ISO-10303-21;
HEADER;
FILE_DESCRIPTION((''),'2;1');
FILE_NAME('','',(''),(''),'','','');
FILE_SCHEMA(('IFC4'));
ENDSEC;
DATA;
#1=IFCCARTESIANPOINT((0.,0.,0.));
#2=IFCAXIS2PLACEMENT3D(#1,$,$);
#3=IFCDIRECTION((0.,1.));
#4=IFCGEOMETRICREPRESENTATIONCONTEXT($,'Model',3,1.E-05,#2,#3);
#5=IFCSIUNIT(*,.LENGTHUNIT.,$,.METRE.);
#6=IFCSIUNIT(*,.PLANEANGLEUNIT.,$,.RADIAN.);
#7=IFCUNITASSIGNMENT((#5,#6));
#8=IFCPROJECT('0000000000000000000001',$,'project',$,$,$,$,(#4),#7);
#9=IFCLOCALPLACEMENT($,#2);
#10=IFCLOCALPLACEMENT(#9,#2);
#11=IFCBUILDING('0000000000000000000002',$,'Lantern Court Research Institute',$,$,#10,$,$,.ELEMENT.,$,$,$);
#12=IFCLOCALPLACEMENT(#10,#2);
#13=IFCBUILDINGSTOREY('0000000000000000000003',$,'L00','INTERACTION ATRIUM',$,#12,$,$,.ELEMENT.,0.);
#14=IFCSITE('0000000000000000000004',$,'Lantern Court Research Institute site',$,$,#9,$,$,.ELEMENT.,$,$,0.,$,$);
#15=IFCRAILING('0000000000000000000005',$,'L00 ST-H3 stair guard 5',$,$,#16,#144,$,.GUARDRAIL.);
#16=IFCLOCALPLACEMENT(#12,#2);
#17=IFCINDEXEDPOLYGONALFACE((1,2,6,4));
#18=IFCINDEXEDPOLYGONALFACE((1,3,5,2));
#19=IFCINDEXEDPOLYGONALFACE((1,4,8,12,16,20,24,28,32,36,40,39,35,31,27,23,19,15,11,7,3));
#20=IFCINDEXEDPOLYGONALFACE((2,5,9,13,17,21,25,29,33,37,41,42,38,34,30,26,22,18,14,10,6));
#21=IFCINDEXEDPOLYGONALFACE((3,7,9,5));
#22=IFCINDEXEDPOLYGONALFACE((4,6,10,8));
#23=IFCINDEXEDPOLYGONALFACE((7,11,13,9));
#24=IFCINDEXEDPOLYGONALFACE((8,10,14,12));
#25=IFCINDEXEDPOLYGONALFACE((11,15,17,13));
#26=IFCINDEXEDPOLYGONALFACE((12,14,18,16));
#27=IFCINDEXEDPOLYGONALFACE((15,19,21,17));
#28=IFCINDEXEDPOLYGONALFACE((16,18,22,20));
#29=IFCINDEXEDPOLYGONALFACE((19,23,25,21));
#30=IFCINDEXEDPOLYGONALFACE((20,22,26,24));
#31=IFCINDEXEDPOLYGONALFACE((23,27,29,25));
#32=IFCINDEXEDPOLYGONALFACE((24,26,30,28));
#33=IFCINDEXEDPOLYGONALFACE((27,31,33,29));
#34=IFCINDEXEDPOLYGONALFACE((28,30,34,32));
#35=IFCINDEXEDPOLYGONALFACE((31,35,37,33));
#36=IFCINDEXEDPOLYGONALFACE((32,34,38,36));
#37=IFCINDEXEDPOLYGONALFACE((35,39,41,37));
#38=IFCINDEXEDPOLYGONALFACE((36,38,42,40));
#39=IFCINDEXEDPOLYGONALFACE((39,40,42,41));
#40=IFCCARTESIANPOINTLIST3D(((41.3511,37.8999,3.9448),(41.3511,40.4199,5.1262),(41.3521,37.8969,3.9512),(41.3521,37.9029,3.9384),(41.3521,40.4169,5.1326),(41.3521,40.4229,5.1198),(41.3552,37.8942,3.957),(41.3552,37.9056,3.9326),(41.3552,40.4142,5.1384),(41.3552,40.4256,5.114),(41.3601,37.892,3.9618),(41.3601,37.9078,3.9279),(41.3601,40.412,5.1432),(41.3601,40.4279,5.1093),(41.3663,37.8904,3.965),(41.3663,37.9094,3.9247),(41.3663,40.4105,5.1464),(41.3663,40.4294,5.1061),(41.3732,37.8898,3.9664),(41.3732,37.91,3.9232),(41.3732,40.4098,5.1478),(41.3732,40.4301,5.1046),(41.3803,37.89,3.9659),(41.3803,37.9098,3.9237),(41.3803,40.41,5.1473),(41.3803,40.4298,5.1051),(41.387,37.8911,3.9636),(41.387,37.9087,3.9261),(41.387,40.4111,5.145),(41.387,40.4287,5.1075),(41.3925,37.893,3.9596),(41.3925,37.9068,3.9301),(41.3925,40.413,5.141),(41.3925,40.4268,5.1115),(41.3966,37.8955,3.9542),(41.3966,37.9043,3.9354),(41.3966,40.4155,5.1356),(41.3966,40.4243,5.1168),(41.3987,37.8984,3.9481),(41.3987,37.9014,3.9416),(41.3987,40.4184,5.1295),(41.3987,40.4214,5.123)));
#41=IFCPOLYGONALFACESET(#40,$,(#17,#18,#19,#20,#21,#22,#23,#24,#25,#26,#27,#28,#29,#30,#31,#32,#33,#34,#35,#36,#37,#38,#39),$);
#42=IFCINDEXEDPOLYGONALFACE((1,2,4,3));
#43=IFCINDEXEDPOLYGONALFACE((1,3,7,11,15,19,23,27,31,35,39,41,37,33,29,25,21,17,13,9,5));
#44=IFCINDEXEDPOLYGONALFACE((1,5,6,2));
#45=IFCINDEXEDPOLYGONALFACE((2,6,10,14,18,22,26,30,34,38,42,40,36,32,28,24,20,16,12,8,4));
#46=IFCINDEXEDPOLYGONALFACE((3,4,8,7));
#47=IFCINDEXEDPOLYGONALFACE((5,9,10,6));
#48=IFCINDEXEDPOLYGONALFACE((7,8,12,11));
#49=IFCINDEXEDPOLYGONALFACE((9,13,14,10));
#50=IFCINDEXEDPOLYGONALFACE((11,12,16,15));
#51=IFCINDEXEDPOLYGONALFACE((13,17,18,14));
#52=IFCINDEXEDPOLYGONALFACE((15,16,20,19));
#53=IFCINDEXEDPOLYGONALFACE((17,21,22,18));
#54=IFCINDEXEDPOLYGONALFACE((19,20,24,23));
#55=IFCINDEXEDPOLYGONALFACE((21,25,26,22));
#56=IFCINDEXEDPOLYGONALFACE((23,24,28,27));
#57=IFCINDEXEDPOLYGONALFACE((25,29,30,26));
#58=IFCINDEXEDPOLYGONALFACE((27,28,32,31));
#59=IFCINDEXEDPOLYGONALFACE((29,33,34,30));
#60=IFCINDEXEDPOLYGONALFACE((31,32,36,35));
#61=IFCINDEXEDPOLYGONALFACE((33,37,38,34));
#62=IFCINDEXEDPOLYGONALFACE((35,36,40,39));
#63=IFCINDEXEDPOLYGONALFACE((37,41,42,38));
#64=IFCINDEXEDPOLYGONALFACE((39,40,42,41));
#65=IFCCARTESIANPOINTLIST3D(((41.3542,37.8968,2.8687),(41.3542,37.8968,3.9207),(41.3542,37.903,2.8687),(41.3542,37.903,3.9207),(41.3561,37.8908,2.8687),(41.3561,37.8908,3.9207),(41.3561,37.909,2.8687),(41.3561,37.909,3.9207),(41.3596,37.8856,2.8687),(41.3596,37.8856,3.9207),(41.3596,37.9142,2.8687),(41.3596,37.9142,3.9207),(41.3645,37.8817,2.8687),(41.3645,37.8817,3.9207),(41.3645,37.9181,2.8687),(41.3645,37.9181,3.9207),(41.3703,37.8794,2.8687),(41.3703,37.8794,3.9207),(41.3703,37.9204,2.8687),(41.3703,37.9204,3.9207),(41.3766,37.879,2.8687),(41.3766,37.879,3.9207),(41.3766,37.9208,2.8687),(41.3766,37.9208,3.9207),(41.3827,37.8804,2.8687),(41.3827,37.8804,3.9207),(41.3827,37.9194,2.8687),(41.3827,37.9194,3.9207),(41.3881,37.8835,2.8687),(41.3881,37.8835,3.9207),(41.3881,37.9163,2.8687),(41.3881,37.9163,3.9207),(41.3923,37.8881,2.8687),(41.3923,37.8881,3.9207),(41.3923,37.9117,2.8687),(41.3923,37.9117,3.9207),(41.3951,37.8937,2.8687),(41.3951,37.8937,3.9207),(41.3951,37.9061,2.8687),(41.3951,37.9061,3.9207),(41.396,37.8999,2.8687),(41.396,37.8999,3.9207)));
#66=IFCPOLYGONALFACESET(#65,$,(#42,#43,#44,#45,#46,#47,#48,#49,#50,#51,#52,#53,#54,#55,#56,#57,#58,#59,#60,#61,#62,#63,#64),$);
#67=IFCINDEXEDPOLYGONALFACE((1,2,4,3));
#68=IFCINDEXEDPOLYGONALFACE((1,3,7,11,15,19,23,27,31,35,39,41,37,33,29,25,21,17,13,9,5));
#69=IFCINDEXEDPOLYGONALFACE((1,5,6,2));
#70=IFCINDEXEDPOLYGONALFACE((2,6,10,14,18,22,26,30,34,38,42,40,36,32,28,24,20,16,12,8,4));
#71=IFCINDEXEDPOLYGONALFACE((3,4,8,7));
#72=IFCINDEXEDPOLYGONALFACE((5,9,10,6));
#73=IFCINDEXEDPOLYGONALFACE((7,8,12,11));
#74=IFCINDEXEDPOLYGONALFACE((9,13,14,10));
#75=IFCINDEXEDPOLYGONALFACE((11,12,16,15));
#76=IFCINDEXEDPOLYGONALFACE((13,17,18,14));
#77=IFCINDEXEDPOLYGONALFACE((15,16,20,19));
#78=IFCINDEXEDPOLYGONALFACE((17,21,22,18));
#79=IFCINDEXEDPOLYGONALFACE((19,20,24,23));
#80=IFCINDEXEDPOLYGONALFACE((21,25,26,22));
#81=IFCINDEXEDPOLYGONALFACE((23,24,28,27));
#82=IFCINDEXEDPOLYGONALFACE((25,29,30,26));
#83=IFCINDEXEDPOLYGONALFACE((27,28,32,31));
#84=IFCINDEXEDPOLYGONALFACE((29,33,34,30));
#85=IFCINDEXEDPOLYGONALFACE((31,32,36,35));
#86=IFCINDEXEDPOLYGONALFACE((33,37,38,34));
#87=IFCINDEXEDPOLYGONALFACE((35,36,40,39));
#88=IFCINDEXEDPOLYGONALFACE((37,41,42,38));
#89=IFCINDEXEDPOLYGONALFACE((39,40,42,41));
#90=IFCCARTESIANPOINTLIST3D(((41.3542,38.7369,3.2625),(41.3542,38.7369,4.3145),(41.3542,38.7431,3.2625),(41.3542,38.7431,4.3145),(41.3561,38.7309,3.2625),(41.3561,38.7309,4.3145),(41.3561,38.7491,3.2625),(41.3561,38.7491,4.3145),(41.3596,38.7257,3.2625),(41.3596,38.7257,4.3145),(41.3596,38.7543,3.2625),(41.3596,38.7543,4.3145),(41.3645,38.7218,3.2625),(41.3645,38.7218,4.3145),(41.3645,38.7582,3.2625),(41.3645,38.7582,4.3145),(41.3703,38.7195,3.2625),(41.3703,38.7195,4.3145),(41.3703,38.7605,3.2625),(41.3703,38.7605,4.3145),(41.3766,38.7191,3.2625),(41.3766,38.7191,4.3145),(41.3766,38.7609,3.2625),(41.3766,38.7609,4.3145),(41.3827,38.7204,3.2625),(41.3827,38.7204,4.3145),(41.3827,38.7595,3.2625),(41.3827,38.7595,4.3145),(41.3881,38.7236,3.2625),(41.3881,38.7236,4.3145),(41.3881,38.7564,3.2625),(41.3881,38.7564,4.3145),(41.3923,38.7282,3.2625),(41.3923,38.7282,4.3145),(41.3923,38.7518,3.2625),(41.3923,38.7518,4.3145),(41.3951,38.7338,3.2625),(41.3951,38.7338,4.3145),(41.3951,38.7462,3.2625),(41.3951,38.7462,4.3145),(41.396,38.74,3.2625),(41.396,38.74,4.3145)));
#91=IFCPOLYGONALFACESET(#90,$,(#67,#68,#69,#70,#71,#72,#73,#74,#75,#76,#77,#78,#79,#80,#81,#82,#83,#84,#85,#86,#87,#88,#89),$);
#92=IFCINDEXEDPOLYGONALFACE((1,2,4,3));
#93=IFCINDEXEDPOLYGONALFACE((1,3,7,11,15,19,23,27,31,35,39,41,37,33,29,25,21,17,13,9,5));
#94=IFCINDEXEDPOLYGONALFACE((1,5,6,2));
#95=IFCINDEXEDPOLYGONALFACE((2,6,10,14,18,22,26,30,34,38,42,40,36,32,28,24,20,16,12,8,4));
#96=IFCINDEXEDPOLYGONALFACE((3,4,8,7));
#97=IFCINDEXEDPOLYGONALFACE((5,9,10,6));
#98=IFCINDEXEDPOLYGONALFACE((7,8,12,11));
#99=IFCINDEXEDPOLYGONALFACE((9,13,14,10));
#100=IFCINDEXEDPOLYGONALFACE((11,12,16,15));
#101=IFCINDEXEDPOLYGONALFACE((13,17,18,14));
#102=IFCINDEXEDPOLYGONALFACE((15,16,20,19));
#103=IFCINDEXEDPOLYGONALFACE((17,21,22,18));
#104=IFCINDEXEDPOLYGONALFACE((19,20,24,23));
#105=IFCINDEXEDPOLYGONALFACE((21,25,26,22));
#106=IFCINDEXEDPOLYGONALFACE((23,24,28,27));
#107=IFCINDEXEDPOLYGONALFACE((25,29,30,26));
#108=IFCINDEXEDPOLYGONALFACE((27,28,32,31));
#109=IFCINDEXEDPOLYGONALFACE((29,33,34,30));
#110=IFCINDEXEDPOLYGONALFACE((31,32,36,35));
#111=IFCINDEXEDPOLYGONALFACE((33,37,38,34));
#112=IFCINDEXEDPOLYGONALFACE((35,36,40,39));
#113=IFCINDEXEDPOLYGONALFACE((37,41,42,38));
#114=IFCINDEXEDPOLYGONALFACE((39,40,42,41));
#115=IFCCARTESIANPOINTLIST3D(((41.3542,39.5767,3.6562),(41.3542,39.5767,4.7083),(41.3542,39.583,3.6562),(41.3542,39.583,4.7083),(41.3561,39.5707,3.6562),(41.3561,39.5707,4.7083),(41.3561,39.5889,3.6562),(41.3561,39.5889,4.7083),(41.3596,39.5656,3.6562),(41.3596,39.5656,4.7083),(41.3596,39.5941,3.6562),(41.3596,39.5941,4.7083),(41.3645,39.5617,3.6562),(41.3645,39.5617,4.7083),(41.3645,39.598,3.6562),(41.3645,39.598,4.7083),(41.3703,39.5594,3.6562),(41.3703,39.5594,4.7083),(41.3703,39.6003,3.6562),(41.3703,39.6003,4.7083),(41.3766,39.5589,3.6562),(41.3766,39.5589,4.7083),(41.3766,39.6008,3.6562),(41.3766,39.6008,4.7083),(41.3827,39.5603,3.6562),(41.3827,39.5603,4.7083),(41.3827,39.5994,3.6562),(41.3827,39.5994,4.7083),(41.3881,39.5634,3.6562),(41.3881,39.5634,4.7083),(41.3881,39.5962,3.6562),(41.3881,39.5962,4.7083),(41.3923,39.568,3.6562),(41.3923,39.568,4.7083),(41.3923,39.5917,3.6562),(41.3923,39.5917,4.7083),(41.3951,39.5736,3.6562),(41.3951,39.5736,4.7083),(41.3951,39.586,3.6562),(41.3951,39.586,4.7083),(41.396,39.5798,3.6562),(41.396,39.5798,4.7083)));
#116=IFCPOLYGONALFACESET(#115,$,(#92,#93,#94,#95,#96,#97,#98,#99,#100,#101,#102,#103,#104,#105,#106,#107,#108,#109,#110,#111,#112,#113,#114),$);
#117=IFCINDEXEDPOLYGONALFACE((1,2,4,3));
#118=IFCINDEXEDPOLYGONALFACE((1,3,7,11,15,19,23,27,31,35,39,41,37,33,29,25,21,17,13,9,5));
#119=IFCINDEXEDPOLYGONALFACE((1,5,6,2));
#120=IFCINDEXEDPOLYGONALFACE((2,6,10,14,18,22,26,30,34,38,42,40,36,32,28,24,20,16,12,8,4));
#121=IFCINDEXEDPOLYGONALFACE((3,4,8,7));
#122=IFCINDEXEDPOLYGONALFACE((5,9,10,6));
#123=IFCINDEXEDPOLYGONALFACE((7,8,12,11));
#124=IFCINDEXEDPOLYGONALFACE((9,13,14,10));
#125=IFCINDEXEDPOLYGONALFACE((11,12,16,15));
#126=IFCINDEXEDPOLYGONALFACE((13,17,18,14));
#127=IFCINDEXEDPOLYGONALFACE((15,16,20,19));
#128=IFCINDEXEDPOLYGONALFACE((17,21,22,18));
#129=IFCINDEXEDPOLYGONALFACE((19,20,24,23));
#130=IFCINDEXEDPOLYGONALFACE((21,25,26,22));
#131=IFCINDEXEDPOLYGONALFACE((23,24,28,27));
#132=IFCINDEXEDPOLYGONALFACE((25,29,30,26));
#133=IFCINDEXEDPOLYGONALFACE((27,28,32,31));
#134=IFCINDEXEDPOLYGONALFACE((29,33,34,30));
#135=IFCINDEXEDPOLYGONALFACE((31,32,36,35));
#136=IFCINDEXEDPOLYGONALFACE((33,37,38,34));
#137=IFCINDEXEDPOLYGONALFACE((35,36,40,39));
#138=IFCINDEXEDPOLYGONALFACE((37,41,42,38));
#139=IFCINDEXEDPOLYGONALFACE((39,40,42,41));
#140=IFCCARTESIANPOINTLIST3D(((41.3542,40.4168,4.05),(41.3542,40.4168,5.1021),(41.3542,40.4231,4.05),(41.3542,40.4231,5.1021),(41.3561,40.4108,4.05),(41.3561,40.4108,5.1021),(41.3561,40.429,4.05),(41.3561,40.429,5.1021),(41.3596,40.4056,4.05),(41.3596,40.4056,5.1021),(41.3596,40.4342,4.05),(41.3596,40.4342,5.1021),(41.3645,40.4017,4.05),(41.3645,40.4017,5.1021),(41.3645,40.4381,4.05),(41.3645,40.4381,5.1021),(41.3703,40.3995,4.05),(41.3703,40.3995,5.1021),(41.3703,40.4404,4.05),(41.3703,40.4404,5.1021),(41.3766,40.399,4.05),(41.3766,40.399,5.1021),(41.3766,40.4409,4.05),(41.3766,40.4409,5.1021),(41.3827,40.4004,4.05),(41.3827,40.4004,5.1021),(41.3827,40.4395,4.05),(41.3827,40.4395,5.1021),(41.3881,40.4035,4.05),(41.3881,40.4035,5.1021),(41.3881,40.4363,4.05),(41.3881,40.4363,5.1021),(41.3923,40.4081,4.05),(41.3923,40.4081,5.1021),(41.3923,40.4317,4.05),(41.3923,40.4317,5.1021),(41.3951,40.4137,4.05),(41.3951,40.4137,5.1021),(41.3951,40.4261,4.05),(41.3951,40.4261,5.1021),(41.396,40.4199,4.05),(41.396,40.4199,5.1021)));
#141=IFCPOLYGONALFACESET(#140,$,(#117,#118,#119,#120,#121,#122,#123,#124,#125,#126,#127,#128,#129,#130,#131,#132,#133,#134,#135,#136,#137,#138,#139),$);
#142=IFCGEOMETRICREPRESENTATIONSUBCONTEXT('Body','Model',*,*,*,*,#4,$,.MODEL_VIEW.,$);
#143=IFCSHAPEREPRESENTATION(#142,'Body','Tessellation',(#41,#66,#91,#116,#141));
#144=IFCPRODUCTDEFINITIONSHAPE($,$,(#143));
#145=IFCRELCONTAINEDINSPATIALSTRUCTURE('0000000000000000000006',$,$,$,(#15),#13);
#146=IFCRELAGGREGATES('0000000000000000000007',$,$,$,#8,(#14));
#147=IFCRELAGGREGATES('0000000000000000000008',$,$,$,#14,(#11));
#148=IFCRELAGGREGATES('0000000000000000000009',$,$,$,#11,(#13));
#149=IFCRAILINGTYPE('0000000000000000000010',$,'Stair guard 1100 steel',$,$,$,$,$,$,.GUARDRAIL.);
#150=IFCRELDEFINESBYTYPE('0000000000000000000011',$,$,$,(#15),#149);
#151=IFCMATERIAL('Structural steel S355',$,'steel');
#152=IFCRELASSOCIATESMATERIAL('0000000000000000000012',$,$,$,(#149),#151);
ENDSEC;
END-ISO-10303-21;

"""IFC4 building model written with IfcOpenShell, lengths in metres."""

from ifc_helpers import new_model, si_unit, direction, frame, origin, origin_2d, place, context, subcontext, project, spatial, circle, extrude, material, type_object, element, save


model = new_model("IFC4")

# Units and contexts
model_context = context("Model", 3, precision=1e-05, world=origin(), true_north=direction((0.0, 1.0)))
body_context = subcontext(model_context, "Body", "Model", "MODEL_VIEW")
ifc_project = project(units=[si_unit("LENGTHUNIT", "METRE"), si_unit("PLANEANGLEUNIT", "RADIAN")], contexts=[model_context])

# Site, building, storey
site_placement = place(None, origin())
site = spatial("IfcSite", under=ifc_project, at=site_placement, Name="Lantern Court Research Institute site", CompositionType="ELEMENT", RefElevation=0.0)
building_placement = place(site_placement, origin())
building = spatial("IfcBuilding", under=site, at=building_placement, Name="Lantern Court Research Institute", CompositionType="ELEMENT")
storey_placement = place(building_placement, origin())
storey = spatial("IfcBuildingStorey", under=building, at=storey_placement, Name="L00", Description="INTERACTION ATRIUM", CompositionType="ELEMENT", Elevation=0.0)

# Railing
ifc_material_1 = material(Name="Structural steel S355", Category="steel")
railing_type_1 = type_object("IfcRailingType", Name="Stair guard 1100 steel", PredefinedType="GUARDRAIL", material=ifc_material_1)
railing_1_placement = place(storey_placement, frame((41.375, 37.8999, 2.8687)))
element("IfcRailing", 1, at=railing_1_placement, inside=storey, type_object=railing_type_1, Name="L00 ST-H3 stair guard 5", PredefinedType="GUARDRAIL", context=body_context, shape_type="SweptSolid", body=[
    extrude(circle(Radius=0.0239, at=origin_2d()), frame((0.0, 0.0, 1.0762), z_axis=(0.0, 0.90544, 0.424474), x_axis=(-1.0, 0.0, 0.0)), (0.0, 0.0, 1.0), 2.7832),
    extrude(circle(Radius=0.021, at=origin_2d()), origin(), (0.0, 0.0, 1.0), 1.052),
    extrude(circle(Radius=0.021, at=origin_2d()), frame((0.0, 0.8401, 0.3938)), (0.0, 0.0, 1.0), 1.052),
    extrude(circle(Radius=0.021, at=origin_2d()), frame((0.0, 1.6799, 0.7876)), (0.0, 0.0, 1.0), 1.052),
    extrude(circle(Radius=0.021, at=origin_2d()), frame((0.0, 2.52, 1.1814)), (0.0, 0.0, 1.0), 1.052),
])

save(model, "model.ifc")
